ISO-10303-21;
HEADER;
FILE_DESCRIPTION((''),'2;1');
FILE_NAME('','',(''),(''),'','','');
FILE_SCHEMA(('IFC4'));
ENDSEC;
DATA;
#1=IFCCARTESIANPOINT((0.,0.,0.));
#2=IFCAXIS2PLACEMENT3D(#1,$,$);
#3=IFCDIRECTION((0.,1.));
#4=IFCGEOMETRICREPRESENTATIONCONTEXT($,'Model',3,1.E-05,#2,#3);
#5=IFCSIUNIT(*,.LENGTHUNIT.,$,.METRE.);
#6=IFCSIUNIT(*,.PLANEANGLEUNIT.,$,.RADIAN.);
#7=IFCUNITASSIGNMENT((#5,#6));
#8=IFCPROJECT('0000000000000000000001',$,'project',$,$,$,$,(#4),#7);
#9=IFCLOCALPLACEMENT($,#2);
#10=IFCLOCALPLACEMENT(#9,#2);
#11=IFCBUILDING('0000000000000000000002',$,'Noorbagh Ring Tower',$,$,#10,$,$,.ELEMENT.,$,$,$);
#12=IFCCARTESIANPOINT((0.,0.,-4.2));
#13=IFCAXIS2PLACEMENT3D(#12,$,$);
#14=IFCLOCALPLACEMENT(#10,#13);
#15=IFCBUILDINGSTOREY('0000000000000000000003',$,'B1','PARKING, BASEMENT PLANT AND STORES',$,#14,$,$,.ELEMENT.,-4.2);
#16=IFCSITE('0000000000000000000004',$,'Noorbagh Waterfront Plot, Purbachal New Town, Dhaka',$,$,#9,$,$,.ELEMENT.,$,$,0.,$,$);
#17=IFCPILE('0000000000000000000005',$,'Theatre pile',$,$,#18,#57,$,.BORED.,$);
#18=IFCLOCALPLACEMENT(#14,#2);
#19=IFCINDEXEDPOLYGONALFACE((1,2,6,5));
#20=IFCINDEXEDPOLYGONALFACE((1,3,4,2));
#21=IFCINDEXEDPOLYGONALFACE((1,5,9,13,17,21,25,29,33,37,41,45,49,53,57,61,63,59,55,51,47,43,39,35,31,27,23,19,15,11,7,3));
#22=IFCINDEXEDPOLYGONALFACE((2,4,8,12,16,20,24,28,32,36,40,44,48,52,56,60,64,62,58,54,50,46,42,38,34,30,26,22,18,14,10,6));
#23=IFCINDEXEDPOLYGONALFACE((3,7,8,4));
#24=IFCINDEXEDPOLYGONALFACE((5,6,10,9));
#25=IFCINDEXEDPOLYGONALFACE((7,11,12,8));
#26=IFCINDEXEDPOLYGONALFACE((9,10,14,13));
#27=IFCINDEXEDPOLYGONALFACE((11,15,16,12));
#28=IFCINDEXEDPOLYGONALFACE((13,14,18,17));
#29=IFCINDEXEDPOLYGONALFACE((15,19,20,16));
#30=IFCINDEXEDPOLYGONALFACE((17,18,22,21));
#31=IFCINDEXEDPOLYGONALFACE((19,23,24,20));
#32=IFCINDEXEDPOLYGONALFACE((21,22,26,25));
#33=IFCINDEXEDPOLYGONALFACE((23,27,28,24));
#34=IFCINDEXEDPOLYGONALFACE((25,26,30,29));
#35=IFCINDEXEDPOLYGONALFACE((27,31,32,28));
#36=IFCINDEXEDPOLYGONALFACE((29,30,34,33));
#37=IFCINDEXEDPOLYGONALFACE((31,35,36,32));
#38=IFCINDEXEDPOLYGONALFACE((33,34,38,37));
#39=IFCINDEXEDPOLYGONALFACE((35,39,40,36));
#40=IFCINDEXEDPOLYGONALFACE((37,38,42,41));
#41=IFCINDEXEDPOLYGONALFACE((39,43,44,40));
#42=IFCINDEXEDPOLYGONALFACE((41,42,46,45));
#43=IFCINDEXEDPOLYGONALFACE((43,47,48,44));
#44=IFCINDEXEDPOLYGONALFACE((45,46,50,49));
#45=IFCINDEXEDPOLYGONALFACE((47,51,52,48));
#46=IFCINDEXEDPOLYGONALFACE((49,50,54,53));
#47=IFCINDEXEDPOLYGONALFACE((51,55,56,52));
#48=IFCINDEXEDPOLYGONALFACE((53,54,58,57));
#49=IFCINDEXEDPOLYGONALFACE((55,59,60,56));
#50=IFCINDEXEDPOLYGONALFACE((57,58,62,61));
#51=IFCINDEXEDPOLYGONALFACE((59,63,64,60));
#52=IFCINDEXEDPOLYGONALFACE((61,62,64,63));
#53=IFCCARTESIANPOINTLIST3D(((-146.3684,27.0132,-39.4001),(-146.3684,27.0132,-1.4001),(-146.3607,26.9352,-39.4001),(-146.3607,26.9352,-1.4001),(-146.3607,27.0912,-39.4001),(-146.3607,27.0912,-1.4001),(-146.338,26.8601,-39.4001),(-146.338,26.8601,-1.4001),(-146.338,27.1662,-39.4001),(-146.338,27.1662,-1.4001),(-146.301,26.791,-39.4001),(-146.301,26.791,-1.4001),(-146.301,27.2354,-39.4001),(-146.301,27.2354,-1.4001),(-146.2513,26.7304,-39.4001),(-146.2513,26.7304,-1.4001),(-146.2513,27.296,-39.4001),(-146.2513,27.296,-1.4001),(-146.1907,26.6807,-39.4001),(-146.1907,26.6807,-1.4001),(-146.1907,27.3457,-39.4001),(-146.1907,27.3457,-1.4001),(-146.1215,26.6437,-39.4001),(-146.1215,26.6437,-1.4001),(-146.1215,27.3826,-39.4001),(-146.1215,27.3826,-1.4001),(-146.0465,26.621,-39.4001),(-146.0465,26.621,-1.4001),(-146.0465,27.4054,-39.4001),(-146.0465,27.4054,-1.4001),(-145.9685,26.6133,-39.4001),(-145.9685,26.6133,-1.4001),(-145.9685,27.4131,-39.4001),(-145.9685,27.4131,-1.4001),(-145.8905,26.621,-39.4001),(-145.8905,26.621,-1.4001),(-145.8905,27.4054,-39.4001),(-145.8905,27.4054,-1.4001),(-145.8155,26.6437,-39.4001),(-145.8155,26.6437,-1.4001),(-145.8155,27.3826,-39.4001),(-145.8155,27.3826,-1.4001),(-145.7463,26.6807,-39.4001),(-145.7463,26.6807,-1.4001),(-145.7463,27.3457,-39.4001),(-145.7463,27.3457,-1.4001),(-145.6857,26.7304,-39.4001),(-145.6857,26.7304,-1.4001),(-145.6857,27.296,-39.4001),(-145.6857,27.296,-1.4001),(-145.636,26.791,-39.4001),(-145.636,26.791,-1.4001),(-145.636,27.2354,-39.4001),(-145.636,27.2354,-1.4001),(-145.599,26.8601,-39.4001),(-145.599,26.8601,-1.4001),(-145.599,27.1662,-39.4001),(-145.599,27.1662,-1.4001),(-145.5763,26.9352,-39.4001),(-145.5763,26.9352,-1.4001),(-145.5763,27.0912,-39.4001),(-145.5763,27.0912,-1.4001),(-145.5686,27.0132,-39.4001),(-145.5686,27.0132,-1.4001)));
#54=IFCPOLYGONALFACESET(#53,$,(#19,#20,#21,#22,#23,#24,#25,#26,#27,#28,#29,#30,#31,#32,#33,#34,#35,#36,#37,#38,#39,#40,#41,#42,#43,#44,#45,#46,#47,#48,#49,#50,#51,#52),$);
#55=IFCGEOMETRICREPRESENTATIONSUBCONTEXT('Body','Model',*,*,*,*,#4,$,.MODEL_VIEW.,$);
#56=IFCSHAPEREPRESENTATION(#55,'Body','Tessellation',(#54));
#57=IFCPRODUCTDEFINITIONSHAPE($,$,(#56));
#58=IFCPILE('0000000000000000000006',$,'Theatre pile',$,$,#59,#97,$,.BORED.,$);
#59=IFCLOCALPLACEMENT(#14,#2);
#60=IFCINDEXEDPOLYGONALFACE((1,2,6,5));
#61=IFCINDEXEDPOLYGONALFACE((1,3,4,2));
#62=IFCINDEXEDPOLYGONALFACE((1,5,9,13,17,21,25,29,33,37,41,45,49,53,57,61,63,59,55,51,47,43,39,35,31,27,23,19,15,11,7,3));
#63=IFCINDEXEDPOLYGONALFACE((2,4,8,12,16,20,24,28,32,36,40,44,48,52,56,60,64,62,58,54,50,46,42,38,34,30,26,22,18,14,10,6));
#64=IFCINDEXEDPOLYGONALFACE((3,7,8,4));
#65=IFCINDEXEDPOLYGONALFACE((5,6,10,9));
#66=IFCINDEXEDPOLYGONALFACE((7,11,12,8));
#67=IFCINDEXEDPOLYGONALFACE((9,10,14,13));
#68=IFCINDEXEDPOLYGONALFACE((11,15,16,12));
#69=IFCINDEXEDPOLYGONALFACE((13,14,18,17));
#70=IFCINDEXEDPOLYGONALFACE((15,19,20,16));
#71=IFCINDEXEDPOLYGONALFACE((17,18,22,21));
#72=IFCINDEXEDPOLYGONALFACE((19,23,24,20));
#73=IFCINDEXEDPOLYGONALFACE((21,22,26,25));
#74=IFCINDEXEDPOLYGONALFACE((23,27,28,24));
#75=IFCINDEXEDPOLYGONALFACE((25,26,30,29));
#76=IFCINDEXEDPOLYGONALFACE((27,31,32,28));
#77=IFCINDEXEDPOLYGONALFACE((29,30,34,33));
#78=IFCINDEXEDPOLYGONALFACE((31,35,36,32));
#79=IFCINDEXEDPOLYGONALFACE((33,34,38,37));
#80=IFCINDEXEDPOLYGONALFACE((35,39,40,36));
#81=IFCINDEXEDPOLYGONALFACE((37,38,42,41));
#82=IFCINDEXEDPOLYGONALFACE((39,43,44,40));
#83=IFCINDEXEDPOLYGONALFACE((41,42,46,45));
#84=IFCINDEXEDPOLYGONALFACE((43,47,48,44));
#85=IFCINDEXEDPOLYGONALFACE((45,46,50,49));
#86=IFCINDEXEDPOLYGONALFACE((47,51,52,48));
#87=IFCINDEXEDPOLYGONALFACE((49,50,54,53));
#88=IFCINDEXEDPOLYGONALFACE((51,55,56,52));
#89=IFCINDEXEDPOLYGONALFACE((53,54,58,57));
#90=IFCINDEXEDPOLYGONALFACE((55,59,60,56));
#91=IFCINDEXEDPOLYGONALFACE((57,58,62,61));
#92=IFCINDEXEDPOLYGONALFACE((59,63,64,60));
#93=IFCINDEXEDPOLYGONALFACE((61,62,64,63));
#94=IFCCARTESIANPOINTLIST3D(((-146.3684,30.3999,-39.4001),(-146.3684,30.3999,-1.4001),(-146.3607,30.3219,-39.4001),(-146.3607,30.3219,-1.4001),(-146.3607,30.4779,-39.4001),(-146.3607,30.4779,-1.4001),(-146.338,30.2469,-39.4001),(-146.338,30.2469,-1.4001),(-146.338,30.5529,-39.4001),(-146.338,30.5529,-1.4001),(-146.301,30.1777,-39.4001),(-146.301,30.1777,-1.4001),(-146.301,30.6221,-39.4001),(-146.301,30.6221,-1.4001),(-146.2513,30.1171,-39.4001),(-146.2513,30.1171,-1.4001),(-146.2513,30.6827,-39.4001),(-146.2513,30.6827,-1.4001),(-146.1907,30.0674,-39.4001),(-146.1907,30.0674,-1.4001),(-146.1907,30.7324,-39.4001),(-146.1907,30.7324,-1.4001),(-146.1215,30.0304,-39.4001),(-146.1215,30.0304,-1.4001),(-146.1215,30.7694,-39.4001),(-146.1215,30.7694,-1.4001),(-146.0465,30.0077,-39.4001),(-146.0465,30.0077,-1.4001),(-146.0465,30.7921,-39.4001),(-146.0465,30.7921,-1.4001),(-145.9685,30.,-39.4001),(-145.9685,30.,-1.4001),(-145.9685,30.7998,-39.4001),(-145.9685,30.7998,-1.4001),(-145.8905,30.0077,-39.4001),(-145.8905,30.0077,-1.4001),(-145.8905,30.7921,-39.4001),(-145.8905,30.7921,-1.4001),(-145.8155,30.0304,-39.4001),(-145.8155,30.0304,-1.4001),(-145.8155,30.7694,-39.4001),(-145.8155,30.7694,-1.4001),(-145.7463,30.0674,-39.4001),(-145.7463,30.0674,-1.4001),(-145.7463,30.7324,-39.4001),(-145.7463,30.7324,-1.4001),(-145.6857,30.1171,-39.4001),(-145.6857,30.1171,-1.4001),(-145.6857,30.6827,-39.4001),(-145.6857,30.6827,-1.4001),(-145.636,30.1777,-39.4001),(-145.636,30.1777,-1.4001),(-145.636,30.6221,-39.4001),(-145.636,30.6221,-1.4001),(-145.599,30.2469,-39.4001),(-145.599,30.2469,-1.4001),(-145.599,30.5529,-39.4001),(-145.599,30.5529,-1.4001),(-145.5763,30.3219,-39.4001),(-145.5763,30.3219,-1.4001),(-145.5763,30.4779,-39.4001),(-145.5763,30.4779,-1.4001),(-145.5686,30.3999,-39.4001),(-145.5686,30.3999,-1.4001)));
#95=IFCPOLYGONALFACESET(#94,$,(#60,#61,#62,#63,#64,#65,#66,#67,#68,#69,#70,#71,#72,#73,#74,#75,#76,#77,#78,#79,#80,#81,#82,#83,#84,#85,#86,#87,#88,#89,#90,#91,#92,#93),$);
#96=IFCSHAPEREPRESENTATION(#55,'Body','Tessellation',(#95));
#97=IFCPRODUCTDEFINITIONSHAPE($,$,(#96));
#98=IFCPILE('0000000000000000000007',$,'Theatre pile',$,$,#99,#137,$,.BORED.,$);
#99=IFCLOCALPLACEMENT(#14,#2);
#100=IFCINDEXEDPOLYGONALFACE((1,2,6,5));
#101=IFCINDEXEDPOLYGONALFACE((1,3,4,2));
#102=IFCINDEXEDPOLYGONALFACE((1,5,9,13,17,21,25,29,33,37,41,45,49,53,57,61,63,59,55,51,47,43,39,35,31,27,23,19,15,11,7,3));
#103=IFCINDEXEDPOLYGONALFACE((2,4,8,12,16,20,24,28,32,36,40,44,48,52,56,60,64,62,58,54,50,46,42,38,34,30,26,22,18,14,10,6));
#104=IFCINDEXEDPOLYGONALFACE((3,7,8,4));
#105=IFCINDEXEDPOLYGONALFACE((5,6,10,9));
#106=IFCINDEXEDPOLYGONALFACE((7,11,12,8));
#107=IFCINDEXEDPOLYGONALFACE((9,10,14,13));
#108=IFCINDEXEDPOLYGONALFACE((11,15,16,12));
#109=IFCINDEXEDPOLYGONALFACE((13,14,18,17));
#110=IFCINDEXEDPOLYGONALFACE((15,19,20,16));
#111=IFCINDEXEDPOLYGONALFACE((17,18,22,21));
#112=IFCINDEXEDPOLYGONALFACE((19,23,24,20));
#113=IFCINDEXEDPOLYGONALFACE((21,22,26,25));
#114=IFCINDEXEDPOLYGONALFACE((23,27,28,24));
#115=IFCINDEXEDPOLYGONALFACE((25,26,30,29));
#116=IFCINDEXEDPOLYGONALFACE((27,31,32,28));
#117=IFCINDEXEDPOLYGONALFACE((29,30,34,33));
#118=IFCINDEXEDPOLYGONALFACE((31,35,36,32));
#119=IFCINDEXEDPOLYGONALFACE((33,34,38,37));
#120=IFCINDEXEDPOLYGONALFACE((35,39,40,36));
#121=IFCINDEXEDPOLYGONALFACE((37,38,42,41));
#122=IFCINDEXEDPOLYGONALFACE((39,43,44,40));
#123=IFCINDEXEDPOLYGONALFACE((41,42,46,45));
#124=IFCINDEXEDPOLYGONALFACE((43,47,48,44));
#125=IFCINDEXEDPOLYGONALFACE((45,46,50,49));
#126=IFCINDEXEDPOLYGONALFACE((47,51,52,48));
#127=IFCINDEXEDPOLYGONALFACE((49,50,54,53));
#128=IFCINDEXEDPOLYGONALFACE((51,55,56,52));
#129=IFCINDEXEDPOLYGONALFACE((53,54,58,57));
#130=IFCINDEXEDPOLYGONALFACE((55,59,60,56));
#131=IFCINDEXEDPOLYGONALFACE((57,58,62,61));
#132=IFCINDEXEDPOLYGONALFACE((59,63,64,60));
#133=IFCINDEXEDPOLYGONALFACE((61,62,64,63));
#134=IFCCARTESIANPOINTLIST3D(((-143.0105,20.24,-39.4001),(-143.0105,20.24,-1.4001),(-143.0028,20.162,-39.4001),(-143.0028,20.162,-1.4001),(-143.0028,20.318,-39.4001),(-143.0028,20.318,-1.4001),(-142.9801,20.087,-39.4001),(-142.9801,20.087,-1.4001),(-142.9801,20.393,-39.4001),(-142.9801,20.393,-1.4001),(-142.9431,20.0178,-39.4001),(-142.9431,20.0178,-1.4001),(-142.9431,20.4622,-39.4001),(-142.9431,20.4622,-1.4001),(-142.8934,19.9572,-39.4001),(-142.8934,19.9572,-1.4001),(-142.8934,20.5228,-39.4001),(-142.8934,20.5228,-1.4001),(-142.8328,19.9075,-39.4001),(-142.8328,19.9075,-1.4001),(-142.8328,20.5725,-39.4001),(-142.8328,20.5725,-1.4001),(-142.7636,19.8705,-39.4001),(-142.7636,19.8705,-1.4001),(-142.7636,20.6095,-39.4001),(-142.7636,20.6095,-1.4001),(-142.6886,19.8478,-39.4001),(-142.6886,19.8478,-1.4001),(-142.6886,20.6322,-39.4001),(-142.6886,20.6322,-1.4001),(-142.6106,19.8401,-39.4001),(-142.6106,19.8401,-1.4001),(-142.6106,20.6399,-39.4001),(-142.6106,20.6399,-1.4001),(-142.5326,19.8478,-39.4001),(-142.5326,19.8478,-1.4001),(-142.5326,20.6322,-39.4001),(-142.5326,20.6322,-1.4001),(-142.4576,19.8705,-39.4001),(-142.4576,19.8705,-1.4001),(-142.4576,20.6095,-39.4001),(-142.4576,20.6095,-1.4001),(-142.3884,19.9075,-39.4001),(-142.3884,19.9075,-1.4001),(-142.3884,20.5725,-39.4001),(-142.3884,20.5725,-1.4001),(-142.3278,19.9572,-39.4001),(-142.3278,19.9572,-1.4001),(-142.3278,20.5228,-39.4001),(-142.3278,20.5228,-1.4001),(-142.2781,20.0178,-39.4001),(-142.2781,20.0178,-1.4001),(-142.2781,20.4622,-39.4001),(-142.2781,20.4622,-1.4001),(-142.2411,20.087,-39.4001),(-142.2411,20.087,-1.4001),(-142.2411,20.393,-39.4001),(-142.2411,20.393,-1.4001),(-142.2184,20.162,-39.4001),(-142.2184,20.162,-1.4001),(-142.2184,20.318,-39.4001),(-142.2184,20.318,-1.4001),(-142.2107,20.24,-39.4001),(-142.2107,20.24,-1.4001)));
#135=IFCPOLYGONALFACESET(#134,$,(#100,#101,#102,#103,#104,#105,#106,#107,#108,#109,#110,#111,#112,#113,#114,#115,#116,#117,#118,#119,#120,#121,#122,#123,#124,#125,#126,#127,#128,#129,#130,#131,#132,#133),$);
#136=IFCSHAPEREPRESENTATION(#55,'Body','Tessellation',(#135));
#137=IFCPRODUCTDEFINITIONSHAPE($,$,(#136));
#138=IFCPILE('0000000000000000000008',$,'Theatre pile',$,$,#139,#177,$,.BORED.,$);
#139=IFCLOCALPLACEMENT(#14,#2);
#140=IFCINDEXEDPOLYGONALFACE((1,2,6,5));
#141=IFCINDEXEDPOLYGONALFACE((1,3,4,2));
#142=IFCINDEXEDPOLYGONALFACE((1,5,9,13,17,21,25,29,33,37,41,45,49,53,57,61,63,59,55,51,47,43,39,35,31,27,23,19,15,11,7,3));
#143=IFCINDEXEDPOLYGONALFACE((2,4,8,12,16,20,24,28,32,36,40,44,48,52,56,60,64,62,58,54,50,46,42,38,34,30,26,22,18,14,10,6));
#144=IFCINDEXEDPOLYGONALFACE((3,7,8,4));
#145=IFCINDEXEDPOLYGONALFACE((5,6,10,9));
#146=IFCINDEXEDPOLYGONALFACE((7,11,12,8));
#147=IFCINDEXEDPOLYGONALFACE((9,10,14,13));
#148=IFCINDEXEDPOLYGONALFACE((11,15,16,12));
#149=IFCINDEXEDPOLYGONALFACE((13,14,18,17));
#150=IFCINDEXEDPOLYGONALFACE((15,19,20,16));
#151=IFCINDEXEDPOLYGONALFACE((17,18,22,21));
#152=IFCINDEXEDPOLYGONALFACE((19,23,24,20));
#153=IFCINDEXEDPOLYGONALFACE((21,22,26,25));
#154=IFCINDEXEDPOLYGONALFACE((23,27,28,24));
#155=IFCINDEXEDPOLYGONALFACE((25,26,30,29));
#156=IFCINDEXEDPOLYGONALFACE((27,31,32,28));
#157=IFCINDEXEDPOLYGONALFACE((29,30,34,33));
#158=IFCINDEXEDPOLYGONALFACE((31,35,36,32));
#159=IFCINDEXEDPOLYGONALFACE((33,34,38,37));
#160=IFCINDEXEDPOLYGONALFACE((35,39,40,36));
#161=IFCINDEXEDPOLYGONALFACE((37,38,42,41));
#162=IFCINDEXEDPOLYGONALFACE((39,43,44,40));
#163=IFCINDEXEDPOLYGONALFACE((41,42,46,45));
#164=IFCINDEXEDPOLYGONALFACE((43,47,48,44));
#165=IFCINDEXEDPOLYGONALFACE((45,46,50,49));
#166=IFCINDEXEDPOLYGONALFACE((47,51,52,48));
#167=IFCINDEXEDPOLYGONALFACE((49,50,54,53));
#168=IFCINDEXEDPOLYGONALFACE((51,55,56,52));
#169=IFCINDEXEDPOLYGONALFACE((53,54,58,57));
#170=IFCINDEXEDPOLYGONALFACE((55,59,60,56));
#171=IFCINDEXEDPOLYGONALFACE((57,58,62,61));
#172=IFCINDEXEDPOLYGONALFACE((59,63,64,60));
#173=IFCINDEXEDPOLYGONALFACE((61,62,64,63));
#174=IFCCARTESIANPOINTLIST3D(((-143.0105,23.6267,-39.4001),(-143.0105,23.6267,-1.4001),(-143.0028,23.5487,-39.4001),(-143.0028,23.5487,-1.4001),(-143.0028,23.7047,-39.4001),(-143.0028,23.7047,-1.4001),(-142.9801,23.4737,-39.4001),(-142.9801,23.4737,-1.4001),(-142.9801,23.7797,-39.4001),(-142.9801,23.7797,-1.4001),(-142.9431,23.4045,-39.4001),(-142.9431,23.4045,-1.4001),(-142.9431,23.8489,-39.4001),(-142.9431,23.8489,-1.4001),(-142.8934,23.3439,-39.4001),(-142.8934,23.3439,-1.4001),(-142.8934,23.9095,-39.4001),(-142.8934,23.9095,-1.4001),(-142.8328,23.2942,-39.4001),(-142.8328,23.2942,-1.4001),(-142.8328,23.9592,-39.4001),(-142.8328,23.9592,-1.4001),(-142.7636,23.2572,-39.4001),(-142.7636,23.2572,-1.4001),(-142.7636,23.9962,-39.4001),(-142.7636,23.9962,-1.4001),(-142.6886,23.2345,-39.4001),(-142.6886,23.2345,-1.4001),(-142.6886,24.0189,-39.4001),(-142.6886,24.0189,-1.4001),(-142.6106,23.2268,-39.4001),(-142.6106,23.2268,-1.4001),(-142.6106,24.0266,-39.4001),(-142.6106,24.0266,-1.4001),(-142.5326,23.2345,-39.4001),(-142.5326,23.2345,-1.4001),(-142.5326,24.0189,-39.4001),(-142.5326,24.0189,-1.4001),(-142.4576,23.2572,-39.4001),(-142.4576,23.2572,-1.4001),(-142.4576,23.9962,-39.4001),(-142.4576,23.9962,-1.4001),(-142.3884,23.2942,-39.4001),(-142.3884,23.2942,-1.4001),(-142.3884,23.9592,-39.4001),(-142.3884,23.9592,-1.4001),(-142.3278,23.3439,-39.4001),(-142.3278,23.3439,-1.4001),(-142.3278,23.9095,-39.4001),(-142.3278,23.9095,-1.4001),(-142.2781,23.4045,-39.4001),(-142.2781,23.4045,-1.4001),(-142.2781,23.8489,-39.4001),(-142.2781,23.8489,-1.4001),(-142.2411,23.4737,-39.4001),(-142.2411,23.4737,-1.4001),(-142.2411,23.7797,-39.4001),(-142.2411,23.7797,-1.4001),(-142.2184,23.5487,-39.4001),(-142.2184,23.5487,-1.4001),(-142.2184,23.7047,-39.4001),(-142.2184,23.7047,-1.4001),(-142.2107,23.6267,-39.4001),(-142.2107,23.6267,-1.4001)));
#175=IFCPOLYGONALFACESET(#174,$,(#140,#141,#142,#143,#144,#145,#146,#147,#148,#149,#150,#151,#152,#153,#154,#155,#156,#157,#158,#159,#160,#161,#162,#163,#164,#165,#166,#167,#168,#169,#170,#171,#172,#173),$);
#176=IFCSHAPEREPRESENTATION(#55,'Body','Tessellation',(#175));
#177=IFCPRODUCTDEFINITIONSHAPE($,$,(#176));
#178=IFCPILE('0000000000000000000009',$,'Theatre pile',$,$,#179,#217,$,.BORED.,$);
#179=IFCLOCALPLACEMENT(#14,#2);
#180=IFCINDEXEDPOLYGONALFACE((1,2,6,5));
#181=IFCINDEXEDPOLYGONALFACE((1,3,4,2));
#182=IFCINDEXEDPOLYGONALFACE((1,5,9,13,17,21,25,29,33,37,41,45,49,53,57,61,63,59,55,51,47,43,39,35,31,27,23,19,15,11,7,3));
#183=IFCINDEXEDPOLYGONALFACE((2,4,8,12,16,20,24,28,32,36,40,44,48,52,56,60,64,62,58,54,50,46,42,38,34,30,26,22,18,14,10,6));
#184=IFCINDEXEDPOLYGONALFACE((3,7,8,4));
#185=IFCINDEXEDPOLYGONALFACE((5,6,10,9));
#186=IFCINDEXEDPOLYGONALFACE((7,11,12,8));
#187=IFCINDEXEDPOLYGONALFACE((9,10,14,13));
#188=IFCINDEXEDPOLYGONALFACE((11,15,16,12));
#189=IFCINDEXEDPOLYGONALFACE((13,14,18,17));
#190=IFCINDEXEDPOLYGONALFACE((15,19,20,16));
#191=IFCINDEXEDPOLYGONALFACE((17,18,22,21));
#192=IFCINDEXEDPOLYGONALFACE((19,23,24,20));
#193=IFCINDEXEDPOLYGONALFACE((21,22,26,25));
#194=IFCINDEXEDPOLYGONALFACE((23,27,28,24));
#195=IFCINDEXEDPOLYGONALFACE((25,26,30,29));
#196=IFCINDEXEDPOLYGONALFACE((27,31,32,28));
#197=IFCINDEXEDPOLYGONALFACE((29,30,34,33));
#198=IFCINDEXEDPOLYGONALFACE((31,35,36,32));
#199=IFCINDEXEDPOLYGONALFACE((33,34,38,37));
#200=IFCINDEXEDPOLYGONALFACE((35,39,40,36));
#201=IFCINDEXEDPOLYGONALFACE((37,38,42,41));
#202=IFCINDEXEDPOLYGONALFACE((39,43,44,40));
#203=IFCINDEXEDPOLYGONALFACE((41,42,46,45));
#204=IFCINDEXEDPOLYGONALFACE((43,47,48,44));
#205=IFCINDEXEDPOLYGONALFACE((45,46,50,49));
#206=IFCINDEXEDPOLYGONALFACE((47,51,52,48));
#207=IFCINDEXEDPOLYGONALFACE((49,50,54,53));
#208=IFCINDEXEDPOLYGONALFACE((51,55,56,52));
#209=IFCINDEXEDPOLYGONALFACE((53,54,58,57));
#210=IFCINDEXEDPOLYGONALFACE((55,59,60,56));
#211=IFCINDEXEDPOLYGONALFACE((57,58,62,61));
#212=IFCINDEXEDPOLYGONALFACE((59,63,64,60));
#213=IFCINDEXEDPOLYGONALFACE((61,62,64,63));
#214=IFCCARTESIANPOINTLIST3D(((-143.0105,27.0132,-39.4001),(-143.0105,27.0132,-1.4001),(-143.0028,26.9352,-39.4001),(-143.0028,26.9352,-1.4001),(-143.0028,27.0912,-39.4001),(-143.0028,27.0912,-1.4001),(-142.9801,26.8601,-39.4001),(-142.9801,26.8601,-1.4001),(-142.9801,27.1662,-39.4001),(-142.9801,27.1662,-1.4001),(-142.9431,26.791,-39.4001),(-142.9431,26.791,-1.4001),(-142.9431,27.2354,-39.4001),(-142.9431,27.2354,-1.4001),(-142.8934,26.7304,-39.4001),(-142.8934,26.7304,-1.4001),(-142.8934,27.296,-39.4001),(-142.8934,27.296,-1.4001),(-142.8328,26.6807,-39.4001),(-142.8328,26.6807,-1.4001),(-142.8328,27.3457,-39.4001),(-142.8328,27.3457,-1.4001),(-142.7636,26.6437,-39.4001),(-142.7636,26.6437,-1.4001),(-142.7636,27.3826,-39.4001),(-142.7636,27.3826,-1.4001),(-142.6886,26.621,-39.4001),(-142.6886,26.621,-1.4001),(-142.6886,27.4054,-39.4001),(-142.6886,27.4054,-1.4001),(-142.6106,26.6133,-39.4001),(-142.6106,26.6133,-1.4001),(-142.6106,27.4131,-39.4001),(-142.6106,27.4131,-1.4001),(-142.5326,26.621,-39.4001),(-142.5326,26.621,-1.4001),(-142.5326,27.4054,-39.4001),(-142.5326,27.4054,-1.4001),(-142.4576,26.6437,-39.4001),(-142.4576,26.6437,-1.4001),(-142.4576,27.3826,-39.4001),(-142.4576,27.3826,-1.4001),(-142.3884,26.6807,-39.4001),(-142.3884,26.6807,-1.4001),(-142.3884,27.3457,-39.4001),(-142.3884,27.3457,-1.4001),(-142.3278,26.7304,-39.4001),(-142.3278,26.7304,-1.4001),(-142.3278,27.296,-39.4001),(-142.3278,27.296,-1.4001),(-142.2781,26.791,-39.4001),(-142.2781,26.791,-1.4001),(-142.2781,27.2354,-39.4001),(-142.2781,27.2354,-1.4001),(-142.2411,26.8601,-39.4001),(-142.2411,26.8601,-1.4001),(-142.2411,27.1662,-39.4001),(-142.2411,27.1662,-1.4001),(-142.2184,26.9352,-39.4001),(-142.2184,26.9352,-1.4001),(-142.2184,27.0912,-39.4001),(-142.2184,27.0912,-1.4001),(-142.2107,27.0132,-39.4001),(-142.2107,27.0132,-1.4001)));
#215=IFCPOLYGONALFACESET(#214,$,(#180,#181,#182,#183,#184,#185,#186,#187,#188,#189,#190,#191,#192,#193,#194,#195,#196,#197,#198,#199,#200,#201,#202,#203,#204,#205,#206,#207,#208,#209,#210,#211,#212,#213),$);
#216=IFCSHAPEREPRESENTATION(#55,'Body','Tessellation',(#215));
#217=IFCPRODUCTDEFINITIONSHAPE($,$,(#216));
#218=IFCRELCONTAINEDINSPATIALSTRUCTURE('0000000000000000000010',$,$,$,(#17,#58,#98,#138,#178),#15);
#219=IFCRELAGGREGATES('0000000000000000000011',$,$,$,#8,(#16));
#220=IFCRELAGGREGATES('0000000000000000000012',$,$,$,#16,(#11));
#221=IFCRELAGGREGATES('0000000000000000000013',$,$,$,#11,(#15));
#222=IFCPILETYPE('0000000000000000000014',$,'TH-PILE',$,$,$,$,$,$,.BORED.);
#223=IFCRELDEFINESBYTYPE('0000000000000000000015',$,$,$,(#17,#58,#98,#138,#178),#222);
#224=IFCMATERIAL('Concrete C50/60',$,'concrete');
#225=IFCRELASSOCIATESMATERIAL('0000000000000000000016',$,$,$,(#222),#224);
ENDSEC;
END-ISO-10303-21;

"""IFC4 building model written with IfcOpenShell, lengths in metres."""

from ifc_helpers import new_model, si_unit, direction, frame, origin, origin_2d, place, context, subcontext, project, spatial, circle, extrude, material, material_profile, profile_set, type_object, element, save


model = new_model("IFC4")

# Units and contexts
model_context = context("Model", 3, precision=1e-05, world=origin(), true_north=direction((0.0, 1.0)))
body_context = subcontext(model_context, "Body", "Model", "MODEL_VIEW")
ifc_project = project(units=[si_unit("LENGTHUNIT", "METRE"), si_unit("PLANEANGLEUNIT", "RADIAN")], contexts=[model_context])

# Site, building, storey
site_placement = place(None, origin())
site = spatial("IfcSite", under=ifc_project, at=site_placement, Name="Noorbagh Waterfront Plot, Purbachal New Town, Dhaka", CompositionType="ELEMENT", RefElevation=0.0)
building_placement = place(site_placement, origin())
building = spatial("IfcBuilding", under=site, at=building_placement, Name="Noorbagh Ring Tower", CompositionType="ELEMENT")
storey_placement = place(building_placement, frame((0.0, 0.0, -4.2)))
storey = spatial("IfcBuildingStorey", under=building, at=storey_placement, Name="B1", Description="PARKING, BASEMENT PLANT AND STORES", CompositionType="ELEMENT", Elevation=-4.2)

# Piles
ifc_material_1 = material(Name="Concrete C50/60", Category="concrete")
ifc_material_profile_1 = material_profile(ifc_material_1, circle(Radius=0.3999, at=origin_2d()), Name="PILE800")
ifc_profile_set_1 = profile_set([ifc_material_profile_1], Name="Concrete C50/60")
pile_type = type_object("IfcPileType", Name="TH-PILE", PredefinedType="BORED", material=ifc_profile_set_1)
for number, where, z_axis, x_axis, name in (
    (1, (-145.9685, 27.0132, -1.4001), (0.0, 0.0, -1.0), (1.0, 0.0, 0.0), "Theatre pile"),
    (2, (-145.9685, 30.3999, -1.4001), (0.0, 0.0, -1.0), (1.0, 0.0, 0.0), "Theatre pile"),
    (3, (-142.6106, 20.24, -1.4001), (0.0, 0.0, -1.0), (1.0, 0.0, 0.0), "Theatre pile"),
    (4, (-142.6106, 23.6267, -1.4001), (0.0, 0.0, -1.0), (1.0, 0.0, 0.0), "Theatre pile"),
    (5, (-142.6106, 27.0132, -1.4001), (0.0, 0.0, -1.0), (1.0, 0.0, 0.0), "Theatre pile"),
):
    element("IfcPile", number, at=place(storey_placement, frame(where, z_axis=z_axis, x_axis=x_axis)), inside=storey, type_object=pile_type, Name=name, PredefinedType="BORED", context=body_context, shape_type="SweptSolid", body=[
        extrude(circle(Radius=0.3999, at=origin_2d()), origin(), (0.0, 0.0, 1.0), 38.0),
    ])

save(model, "model.ifc")
